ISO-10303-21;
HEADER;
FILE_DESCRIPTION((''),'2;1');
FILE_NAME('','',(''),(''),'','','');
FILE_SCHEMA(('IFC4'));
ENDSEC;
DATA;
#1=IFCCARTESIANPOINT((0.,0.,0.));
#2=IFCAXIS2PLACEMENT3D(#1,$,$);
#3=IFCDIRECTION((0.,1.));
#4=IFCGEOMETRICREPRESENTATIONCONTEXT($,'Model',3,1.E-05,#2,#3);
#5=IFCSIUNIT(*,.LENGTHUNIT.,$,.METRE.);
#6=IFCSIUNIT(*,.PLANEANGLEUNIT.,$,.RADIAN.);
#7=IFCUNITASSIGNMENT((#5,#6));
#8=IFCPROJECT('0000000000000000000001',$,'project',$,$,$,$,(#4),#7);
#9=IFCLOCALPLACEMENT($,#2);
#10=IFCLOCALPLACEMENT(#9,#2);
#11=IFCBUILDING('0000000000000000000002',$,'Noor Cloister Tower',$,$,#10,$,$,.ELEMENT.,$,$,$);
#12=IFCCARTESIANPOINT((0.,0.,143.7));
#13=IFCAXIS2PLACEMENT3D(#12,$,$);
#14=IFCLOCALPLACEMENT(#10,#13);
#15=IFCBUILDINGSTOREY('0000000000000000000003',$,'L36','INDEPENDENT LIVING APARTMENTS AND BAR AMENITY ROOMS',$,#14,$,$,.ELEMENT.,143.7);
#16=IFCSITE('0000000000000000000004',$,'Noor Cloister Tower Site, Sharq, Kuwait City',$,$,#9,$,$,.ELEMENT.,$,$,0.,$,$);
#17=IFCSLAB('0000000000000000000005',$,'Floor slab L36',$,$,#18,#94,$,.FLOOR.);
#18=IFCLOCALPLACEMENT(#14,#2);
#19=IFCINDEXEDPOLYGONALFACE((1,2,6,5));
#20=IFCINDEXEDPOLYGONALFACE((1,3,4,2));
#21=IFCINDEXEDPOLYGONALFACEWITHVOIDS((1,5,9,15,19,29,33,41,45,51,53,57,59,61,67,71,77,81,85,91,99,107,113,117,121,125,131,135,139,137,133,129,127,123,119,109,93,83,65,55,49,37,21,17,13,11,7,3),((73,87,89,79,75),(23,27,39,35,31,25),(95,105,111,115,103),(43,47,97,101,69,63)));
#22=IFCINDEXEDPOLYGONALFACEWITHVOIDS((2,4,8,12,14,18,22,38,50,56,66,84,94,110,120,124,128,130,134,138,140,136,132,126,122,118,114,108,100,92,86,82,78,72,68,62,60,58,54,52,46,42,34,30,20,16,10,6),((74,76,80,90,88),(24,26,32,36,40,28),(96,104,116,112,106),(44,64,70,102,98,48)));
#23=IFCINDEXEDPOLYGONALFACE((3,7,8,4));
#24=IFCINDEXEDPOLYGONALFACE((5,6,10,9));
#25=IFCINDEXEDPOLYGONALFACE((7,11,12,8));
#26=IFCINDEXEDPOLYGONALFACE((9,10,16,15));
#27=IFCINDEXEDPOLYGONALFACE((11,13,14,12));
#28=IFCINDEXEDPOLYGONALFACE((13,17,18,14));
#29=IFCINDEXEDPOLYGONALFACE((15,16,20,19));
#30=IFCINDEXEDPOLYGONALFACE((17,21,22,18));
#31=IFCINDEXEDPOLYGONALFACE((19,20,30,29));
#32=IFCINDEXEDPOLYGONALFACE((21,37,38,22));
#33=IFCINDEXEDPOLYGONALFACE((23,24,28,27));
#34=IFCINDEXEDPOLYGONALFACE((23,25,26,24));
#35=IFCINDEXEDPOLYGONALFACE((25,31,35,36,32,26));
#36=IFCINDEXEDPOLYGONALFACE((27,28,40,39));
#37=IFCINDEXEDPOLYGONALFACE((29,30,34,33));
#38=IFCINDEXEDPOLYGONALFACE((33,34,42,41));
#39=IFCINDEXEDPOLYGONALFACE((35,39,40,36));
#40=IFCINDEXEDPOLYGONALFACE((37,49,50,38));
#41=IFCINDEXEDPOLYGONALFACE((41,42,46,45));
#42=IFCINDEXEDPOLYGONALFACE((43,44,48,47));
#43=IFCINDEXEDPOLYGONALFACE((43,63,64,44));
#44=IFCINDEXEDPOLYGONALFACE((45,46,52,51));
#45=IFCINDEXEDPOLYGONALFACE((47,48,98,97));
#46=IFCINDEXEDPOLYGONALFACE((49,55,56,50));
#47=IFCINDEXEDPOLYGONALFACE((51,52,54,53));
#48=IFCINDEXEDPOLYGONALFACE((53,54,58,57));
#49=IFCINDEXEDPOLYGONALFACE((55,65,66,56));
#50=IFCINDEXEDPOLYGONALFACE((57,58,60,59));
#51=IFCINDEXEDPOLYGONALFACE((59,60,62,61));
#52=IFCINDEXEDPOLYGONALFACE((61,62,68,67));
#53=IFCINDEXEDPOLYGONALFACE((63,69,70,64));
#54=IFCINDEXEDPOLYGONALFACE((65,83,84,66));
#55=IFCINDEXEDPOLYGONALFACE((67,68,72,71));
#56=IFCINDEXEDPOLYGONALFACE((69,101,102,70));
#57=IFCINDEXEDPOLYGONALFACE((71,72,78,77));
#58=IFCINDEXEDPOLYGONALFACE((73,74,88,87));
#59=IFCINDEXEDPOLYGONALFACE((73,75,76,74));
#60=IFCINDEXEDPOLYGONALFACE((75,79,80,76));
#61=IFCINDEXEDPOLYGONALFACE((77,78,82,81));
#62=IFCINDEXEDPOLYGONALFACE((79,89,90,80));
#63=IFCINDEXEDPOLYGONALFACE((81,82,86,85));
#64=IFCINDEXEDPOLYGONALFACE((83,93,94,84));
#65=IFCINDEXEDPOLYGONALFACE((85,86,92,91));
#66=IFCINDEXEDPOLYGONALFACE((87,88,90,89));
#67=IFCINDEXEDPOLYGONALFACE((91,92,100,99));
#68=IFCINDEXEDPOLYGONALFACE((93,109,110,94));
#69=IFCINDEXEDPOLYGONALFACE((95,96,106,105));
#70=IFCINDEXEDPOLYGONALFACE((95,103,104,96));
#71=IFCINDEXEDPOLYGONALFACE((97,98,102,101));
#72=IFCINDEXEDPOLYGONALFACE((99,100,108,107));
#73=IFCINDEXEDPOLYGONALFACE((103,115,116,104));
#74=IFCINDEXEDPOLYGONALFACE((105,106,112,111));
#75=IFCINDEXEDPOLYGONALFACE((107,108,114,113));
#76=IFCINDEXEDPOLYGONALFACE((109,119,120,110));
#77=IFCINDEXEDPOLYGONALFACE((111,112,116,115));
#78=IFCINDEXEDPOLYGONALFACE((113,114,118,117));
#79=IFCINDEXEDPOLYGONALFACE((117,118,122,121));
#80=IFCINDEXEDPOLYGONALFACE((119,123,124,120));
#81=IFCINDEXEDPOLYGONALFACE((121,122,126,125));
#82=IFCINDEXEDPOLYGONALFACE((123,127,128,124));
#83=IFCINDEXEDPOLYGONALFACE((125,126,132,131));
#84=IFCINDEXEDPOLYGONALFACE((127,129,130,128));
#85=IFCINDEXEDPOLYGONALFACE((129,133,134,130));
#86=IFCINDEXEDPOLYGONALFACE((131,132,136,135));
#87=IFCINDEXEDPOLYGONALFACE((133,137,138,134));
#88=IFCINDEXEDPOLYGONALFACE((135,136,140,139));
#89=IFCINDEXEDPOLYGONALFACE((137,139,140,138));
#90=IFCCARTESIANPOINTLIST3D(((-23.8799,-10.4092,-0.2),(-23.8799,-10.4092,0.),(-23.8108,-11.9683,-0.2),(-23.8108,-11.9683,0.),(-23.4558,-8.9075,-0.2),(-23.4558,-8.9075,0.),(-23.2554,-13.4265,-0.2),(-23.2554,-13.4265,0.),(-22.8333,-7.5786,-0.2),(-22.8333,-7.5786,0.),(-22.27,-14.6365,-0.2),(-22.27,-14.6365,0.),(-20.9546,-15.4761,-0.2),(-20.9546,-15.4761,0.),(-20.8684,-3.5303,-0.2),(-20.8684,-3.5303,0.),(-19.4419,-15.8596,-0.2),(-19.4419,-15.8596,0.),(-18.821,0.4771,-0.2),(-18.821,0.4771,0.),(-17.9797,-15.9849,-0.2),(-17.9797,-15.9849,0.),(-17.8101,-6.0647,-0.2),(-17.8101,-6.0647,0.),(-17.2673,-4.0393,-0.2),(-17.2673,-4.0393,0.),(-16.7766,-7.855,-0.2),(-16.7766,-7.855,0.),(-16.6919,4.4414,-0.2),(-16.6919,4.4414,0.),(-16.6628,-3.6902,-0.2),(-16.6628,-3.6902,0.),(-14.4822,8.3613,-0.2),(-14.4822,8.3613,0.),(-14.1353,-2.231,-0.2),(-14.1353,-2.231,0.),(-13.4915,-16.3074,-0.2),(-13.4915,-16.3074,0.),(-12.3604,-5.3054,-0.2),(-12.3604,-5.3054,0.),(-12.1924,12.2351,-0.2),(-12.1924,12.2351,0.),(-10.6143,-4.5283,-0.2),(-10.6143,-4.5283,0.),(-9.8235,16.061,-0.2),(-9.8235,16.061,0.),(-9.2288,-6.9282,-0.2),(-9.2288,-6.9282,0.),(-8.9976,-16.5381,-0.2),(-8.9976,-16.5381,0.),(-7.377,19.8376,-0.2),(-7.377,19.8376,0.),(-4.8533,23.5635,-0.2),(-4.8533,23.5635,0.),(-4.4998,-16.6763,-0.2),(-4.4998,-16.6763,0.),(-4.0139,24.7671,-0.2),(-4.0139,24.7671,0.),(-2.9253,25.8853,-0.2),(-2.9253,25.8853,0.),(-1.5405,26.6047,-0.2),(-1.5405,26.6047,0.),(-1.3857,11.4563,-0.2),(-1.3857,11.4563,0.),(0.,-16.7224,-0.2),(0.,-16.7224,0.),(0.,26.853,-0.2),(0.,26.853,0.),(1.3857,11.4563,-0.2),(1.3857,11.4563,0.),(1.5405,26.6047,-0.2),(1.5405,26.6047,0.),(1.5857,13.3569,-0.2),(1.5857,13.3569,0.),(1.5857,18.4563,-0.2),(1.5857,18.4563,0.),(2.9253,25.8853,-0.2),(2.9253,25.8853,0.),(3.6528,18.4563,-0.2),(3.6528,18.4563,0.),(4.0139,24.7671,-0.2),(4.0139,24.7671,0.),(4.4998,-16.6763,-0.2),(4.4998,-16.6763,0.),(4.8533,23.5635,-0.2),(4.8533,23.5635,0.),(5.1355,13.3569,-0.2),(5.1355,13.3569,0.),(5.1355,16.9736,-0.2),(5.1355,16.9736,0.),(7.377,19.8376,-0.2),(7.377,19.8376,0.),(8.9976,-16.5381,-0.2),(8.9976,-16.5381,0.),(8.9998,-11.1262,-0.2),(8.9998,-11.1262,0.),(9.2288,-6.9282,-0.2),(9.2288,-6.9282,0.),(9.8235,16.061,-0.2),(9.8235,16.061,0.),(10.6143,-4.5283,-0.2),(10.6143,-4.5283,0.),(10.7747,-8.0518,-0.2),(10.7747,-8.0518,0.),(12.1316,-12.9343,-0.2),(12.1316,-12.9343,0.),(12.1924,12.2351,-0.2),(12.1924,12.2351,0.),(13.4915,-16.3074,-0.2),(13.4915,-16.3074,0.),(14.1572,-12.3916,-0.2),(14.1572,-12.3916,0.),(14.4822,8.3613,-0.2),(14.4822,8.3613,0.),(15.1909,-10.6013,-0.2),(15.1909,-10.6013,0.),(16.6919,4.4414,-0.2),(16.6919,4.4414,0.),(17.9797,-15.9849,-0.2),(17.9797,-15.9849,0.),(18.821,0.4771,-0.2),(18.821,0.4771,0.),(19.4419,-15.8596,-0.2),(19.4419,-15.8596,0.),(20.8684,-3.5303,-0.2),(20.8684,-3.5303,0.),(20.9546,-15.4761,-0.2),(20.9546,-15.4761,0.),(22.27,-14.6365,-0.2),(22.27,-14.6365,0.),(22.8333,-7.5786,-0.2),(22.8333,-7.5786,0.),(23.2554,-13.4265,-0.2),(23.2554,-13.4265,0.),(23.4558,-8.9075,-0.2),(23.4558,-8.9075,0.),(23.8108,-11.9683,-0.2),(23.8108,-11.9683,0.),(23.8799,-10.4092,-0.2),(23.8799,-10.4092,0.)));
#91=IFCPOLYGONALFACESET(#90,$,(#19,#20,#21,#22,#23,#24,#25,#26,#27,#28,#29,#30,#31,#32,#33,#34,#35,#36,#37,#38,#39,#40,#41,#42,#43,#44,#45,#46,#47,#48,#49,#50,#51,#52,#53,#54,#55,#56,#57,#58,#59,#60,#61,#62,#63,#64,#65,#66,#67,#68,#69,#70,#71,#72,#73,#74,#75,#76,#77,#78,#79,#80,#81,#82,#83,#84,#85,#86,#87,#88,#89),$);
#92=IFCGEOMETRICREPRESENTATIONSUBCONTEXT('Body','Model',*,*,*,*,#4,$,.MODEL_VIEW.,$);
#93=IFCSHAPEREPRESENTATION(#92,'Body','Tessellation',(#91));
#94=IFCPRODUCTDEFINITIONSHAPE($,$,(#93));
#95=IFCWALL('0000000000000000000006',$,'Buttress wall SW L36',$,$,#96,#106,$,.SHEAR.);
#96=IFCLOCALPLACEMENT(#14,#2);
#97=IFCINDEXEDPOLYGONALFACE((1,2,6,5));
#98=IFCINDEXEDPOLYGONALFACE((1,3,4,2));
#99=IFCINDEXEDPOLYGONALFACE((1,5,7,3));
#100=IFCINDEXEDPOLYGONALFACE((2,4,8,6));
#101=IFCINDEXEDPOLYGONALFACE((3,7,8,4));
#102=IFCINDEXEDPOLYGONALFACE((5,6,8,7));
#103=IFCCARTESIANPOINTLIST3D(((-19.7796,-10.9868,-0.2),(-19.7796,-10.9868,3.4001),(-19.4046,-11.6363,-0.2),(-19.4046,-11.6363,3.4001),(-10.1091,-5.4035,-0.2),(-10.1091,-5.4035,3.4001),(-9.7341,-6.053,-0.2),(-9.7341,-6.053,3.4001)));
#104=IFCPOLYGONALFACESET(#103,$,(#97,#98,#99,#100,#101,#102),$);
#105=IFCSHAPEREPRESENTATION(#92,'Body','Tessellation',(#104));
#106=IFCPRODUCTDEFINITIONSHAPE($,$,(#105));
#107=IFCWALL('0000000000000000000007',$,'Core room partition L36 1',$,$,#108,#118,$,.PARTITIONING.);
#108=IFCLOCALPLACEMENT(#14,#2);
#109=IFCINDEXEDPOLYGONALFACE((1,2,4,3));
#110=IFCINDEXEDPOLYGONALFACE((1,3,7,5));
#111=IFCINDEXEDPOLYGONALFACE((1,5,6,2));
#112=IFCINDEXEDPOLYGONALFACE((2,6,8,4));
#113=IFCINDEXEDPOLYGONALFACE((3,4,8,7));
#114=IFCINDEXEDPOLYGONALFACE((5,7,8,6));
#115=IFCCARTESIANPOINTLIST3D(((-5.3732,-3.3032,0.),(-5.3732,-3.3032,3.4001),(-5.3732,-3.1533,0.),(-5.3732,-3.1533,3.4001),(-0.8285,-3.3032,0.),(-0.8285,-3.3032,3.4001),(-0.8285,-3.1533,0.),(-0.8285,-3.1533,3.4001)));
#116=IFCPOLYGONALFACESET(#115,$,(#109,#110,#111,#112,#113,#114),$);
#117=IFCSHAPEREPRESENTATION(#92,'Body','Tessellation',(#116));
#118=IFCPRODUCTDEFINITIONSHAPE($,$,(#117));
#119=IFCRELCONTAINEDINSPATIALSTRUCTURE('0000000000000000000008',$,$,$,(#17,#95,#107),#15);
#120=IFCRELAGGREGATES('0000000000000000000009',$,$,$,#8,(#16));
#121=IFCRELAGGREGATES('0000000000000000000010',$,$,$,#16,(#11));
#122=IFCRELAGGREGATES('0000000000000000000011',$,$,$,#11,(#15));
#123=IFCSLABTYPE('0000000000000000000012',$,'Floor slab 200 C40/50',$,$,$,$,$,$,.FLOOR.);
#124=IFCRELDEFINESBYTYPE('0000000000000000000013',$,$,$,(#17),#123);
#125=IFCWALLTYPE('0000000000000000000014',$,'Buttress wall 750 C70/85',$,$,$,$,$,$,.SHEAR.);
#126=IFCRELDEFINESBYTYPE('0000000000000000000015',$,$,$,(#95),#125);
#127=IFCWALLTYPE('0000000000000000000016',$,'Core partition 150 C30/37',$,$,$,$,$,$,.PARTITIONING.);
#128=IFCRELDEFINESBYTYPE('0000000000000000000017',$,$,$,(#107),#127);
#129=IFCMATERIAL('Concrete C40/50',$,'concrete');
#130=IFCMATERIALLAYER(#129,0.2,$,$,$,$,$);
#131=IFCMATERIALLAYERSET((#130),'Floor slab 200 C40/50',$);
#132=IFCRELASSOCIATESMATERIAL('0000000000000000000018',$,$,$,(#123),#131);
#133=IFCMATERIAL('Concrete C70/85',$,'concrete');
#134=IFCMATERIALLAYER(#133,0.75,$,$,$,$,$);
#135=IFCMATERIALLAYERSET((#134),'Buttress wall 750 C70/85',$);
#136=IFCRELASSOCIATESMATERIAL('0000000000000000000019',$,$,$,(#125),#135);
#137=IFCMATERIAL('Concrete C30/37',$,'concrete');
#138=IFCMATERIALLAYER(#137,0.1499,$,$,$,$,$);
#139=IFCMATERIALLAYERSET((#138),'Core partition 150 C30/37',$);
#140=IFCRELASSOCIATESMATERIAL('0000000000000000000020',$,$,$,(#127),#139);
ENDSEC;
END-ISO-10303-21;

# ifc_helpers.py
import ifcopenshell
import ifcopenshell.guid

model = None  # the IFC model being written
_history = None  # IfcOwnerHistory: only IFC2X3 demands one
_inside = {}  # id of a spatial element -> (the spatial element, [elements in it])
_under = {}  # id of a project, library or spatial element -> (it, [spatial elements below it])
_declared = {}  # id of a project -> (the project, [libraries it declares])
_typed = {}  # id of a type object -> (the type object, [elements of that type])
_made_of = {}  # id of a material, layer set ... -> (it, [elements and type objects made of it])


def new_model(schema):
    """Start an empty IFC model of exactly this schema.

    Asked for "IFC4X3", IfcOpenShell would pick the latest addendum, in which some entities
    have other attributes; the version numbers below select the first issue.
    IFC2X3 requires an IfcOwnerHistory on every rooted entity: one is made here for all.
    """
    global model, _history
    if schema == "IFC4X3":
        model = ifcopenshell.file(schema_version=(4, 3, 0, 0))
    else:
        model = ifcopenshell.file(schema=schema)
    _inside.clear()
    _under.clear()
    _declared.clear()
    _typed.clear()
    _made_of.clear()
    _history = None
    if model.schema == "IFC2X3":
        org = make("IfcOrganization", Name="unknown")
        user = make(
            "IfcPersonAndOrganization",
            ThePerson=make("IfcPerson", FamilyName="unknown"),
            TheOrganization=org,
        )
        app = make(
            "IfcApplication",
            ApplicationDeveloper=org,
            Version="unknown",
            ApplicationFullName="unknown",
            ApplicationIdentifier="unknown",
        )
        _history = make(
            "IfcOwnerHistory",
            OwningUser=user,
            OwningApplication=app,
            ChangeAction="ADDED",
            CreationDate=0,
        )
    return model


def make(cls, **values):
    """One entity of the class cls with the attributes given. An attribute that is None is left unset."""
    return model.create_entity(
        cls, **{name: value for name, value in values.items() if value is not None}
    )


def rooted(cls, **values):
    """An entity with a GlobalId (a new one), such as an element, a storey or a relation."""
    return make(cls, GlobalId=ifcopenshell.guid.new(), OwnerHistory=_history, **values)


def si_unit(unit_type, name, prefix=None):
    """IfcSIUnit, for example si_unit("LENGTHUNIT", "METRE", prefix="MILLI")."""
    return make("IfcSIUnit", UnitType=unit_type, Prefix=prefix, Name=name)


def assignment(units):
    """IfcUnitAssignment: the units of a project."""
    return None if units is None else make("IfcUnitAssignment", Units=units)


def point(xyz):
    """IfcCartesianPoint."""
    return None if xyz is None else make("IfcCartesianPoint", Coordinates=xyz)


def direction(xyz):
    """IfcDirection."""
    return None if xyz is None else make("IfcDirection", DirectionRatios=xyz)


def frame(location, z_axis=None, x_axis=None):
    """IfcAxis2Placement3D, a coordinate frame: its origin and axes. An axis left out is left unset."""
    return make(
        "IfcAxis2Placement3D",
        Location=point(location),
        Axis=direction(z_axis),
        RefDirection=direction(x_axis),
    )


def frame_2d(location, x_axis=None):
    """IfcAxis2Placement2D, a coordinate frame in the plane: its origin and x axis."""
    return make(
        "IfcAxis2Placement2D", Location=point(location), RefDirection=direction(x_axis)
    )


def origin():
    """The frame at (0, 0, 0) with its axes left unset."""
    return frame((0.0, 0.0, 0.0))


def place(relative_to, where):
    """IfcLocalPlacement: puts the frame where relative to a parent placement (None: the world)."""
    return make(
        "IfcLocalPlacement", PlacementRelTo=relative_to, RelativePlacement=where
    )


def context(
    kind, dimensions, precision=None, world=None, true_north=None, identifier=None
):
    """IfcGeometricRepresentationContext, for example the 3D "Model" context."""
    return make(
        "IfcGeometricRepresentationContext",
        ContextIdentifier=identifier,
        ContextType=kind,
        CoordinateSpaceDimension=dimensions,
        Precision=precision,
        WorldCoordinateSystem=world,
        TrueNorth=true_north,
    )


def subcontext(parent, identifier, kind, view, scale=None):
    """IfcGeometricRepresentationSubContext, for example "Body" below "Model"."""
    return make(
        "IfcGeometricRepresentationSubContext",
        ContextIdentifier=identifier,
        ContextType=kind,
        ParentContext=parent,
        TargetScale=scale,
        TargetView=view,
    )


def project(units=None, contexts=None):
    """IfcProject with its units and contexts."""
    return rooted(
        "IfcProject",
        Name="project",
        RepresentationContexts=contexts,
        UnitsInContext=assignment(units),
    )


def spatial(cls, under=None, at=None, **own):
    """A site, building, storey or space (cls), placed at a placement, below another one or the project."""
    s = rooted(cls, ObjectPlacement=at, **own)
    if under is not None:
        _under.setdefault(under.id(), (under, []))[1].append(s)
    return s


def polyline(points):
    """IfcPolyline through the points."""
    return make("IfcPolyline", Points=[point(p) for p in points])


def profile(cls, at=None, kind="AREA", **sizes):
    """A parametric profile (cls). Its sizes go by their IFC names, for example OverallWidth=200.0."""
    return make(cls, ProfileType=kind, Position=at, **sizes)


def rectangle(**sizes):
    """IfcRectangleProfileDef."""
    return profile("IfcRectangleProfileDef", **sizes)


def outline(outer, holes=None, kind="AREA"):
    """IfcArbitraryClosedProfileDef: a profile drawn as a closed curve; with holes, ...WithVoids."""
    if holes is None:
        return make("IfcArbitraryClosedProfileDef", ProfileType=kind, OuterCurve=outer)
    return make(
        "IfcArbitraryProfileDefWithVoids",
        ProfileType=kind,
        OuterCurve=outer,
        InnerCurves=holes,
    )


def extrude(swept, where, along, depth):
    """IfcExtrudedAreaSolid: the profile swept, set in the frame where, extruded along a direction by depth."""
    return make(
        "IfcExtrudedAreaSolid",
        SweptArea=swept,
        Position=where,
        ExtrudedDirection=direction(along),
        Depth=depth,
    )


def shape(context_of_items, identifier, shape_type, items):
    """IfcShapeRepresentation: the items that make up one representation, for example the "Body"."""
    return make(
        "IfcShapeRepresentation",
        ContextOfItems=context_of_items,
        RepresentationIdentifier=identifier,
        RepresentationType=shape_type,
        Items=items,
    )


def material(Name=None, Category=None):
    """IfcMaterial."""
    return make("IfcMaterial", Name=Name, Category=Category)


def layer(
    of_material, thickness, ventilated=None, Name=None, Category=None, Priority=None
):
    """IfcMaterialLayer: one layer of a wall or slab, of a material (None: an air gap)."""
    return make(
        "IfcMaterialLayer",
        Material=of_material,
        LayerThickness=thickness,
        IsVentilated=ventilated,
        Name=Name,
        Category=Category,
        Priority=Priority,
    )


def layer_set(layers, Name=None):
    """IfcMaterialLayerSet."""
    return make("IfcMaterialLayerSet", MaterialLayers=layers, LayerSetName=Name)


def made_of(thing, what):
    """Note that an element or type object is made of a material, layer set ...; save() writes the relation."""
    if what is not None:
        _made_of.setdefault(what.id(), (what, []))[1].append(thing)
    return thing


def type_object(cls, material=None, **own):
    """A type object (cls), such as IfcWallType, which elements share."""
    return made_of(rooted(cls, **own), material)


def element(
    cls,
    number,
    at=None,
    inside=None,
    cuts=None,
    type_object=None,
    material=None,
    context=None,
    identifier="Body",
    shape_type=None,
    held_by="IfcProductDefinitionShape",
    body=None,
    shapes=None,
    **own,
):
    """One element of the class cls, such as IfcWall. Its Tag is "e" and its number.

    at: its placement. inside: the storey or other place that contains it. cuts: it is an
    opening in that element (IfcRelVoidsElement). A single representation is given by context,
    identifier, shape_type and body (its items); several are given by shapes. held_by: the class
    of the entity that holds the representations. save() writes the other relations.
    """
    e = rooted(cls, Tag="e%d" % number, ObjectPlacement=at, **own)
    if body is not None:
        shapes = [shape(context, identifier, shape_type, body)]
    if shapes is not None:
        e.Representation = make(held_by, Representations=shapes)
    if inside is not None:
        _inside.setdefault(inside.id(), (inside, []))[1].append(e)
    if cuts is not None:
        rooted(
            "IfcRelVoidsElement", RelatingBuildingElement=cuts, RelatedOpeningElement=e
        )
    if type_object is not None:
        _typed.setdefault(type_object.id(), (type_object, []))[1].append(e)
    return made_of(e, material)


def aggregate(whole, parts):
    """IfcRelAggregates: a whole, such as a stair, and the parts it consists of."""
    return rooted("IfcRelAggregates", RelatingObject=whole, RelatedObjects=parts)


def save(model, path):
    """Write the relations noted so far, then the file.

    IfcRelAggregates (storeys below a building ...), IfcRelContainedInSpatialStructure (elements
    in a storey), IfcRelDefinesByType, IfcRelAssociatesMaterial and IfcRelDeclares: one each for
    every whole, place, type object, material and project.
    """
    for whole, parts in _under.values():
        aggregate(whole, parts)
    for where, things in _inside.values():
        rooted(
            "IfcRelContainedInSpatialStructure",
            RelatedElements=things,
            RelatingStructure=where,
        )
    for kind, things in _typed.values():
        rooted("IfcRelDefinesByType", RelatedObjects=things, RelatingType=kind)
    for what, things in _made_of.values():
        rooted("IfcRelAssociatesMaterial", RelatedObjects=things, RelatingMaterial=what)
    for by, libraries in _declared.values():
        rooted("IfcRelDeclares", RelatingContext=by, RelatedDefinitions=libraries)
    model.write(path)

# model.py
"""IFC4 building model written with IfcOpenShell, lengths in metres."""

from ifc_helpers import new_model, si_unit, direction, frame, frame_2d, origin, place, context, subcontext, project, spatial, polyline, rectangle, outline, extrude, material, layer, layer_set, type_object, element, save


model = new_model("IFC4")

# Units and contexts
model_context = context("Model", 3, precision=1e-05, world=origin(), true_north=direction((0.0, 1.0)))
body_context = subcontext(model_context, "Body", "Model", "MODEL_VIEW")
ifc_project = project(units=[si_unit("LENGTHUNIT", "METRE"), si_unit("PLANEANGLEUNIT", "RADIAN")], contexts=[model_context])

# Site, building, storey
site_placement = place(None, origin())
site = spatial("IfcSite", under=ifc_project, at=site_placement, Name="Noor Cloister Tower Site, Sharq, Kuwait City", CompositionType="ELEMENT", RefElevation=0.0)
building_placement = place(site_placement, origin())
building = spatial("IfcBuilding", under=site, at=building_placement, Name="Noor Cloister Tower", CompositionType="ELEMENT")
storey_placement = place(building_placement, frame((0.0, 0.0, 143.7)))
storey = spatial("IfcBuildingStorey", under=building, at=storey_placement, Name="L36", Description="INDEPENDENT LIVING APARTMENTS AND BAR AMENITY ROOMS", CompositionType="ELEMENT", Elevation=143.7)

# Slab
ifc_material_1 = material(Name="Concrete C40/50", Category="concrete")
ifc_layer_1 = layer(ifc_material_1, 0.2)
ifc_layer_set_1 = layer_set([ifc_layer_1], Name="Floor slab 200 C40/50")
slab_type = type_object("IfcSlabType", Name="Floor slab 200 C40/50", PredefinedType="FLOOR", material=ifc_layer_set_1)
slab_placement = place(storey_placement, frame((0.0, 0.0, -0.2)))
element("IfcSlab", 1, at=slab_placement, inside=storey, type_object=slab_type, Name="Floor slab L36", PredefinedType="FLOOR", context=body_context, shape_type="SweptSolid", body=[
    extrude(outline(polyline([(4.0139, 24.7671), (2.9253, 25.8853), (1.5405, 26.6047), (0.0, 26.853), (-1.5405, 26.6047), (-2.9253, 25.8853), (-4.0139, 24.7671), (-4.8533, 23.5635), (-7.377, 19.8376), (-9.8235, 16.061), (-12.1924, 12.2351), (-14.4822, 8.3613), (-16.6919, 4.4414), (-18.821, 0.4771), (-20.8684, -3.5303), (-22.8333, -7.5786), (-23.4558, -8.9075), (-23.8799, -10.4092), (-23.8108, -11.9683), (-23.2554, -13.4265), (-22.27, -14.6365), (-20.9546, -15.4761), (-19.4419, -15.8596), (-17.9797, -15.9849), (-13.4915, -16.3074), (-8.9976, -16.5381), (-4.4998, -16.6763), (0.0, -16.7224), (4.4998, -16.6763), (8.9976, -16.5381), (13.4915, -16.3074), (17.9797, -15.9849), (19.4419, -15.8596), (20.9546, -15.4761), (22.27, -14.6365), (23.2554, -13.4265), (23.8108, -11.9683), (23.8799, -10.4092), (23.4558, -8.9075), (22.8333, -7.5786), (20.8684, -3.5303), (18.821, 0.4771), (16.6919, 4.4414), (14.4822, 8.3613), (12.1924, 12.2351), (9.8235, 16.061), (7.377, 19.8376), (4.8533, 23.5635), (4.0139, 24.7671)]), holes=[polyline([(8.9998, -11.1262), (12.1316, -12.9343), (14.1572, -12.3916), (15.1909, -10.6013), (10.7747, -8.0518), (8.9998, -11.1262)]), polyline([(-17.8101, -6.0647), (-16.7766, -7.855), (-12.3604, -5.3054), (-14.1353, -2.231), (-16.6628, -3.6902), (-17.2673, -4.0393), (-17.8101, -6.0647)]), polyline([(-10.6143, -4.5283), (-9.2288, -6.9282), (9.2288, -6.9282), (10.6143, -4.5283), (1.3857, 11.4563), (-1.3857, 11.4563), (-10.6143, -4.5283)]), polyline([(3.6528, 18.4563), (1.5857, 18.4563), (1.5857, 13.3569), (5.1355, 13.3569), (5.1355, 16.9736), (3.6528, 18.4563)])]), origin(), (0.0, 0.0, 1.0), 0.2),
])

# Walls
ifc_material_2 = material(Name="Concrete C70/85", Category="concrete")
ifc_layer_2 = layer(ifc_material_2, 0.75)
ifc_layer_set_2 = layer_set([ifc_layer_2], Name="Buttress wall 750 C70/85")
wall_type_1 = type_object("IfcWallType", Name="Buttress wall 750 C70/85", PredefinedType="SHEAR", material=ifc_layer_set_2)
wall_1_placement = place(storey_placement, frame((-9.9216, -5.7283, -0.2), z_axis=(0.0, 0.0, 1.0), x_axis=(-0.866024, -0.500003, 0.0)))
element("IfcWall", 2, at=wall_1_placement, inside=storey, type_object=wall_type_1, Name="Buttress wall SW L36", PredefinedType="SHEAR", context=body_context, shape_type="SweptSolid", body=[
    extrude(rectangle(XDim=11.1665, YDim=0.75, at=frame_2d((5.5833, 0.0))), origin(), (0.0, 0.0, 1.0), 3.6001),
])
ifc_material_3 = material(Name="Concrete C30/37", Category="concrete")
ifc_layer_3 = layer(ifc_material_3, 0.1499)
ifc_layer_set_3 = layer_set([ifc_layer_3], Name="Core partition 150 C30/37")
wall_type_2 = type_object("IfcWallType", Name="Core partition 150 C30/37", PredefinedType="PARTITIONING", material=ifc_layer_set_3)
wall_2_placement = place(storey_placement, frame((-5.3733, -3.2283, 0.0), z_axis=(0.0, 0.0, 1.0), x_axis=(1.0, 0.0, 0.0)))
element("IfcWall", 3, at=wall_2_placement, inside=storey, type_object=wall_type_2, Name="Core room partition L36 1", PredefinedType="PARTITIONING", context=body_context, shape_type="SweptSolid", body=[
    extrude(rectangle(XDim=4.5447, YDim=0.1499, at=frame_2d((2.2725, 0.0))), origin(), (0.0, 0.0, 1.0), 3.4001),
])

save(model, "model.ifc")
